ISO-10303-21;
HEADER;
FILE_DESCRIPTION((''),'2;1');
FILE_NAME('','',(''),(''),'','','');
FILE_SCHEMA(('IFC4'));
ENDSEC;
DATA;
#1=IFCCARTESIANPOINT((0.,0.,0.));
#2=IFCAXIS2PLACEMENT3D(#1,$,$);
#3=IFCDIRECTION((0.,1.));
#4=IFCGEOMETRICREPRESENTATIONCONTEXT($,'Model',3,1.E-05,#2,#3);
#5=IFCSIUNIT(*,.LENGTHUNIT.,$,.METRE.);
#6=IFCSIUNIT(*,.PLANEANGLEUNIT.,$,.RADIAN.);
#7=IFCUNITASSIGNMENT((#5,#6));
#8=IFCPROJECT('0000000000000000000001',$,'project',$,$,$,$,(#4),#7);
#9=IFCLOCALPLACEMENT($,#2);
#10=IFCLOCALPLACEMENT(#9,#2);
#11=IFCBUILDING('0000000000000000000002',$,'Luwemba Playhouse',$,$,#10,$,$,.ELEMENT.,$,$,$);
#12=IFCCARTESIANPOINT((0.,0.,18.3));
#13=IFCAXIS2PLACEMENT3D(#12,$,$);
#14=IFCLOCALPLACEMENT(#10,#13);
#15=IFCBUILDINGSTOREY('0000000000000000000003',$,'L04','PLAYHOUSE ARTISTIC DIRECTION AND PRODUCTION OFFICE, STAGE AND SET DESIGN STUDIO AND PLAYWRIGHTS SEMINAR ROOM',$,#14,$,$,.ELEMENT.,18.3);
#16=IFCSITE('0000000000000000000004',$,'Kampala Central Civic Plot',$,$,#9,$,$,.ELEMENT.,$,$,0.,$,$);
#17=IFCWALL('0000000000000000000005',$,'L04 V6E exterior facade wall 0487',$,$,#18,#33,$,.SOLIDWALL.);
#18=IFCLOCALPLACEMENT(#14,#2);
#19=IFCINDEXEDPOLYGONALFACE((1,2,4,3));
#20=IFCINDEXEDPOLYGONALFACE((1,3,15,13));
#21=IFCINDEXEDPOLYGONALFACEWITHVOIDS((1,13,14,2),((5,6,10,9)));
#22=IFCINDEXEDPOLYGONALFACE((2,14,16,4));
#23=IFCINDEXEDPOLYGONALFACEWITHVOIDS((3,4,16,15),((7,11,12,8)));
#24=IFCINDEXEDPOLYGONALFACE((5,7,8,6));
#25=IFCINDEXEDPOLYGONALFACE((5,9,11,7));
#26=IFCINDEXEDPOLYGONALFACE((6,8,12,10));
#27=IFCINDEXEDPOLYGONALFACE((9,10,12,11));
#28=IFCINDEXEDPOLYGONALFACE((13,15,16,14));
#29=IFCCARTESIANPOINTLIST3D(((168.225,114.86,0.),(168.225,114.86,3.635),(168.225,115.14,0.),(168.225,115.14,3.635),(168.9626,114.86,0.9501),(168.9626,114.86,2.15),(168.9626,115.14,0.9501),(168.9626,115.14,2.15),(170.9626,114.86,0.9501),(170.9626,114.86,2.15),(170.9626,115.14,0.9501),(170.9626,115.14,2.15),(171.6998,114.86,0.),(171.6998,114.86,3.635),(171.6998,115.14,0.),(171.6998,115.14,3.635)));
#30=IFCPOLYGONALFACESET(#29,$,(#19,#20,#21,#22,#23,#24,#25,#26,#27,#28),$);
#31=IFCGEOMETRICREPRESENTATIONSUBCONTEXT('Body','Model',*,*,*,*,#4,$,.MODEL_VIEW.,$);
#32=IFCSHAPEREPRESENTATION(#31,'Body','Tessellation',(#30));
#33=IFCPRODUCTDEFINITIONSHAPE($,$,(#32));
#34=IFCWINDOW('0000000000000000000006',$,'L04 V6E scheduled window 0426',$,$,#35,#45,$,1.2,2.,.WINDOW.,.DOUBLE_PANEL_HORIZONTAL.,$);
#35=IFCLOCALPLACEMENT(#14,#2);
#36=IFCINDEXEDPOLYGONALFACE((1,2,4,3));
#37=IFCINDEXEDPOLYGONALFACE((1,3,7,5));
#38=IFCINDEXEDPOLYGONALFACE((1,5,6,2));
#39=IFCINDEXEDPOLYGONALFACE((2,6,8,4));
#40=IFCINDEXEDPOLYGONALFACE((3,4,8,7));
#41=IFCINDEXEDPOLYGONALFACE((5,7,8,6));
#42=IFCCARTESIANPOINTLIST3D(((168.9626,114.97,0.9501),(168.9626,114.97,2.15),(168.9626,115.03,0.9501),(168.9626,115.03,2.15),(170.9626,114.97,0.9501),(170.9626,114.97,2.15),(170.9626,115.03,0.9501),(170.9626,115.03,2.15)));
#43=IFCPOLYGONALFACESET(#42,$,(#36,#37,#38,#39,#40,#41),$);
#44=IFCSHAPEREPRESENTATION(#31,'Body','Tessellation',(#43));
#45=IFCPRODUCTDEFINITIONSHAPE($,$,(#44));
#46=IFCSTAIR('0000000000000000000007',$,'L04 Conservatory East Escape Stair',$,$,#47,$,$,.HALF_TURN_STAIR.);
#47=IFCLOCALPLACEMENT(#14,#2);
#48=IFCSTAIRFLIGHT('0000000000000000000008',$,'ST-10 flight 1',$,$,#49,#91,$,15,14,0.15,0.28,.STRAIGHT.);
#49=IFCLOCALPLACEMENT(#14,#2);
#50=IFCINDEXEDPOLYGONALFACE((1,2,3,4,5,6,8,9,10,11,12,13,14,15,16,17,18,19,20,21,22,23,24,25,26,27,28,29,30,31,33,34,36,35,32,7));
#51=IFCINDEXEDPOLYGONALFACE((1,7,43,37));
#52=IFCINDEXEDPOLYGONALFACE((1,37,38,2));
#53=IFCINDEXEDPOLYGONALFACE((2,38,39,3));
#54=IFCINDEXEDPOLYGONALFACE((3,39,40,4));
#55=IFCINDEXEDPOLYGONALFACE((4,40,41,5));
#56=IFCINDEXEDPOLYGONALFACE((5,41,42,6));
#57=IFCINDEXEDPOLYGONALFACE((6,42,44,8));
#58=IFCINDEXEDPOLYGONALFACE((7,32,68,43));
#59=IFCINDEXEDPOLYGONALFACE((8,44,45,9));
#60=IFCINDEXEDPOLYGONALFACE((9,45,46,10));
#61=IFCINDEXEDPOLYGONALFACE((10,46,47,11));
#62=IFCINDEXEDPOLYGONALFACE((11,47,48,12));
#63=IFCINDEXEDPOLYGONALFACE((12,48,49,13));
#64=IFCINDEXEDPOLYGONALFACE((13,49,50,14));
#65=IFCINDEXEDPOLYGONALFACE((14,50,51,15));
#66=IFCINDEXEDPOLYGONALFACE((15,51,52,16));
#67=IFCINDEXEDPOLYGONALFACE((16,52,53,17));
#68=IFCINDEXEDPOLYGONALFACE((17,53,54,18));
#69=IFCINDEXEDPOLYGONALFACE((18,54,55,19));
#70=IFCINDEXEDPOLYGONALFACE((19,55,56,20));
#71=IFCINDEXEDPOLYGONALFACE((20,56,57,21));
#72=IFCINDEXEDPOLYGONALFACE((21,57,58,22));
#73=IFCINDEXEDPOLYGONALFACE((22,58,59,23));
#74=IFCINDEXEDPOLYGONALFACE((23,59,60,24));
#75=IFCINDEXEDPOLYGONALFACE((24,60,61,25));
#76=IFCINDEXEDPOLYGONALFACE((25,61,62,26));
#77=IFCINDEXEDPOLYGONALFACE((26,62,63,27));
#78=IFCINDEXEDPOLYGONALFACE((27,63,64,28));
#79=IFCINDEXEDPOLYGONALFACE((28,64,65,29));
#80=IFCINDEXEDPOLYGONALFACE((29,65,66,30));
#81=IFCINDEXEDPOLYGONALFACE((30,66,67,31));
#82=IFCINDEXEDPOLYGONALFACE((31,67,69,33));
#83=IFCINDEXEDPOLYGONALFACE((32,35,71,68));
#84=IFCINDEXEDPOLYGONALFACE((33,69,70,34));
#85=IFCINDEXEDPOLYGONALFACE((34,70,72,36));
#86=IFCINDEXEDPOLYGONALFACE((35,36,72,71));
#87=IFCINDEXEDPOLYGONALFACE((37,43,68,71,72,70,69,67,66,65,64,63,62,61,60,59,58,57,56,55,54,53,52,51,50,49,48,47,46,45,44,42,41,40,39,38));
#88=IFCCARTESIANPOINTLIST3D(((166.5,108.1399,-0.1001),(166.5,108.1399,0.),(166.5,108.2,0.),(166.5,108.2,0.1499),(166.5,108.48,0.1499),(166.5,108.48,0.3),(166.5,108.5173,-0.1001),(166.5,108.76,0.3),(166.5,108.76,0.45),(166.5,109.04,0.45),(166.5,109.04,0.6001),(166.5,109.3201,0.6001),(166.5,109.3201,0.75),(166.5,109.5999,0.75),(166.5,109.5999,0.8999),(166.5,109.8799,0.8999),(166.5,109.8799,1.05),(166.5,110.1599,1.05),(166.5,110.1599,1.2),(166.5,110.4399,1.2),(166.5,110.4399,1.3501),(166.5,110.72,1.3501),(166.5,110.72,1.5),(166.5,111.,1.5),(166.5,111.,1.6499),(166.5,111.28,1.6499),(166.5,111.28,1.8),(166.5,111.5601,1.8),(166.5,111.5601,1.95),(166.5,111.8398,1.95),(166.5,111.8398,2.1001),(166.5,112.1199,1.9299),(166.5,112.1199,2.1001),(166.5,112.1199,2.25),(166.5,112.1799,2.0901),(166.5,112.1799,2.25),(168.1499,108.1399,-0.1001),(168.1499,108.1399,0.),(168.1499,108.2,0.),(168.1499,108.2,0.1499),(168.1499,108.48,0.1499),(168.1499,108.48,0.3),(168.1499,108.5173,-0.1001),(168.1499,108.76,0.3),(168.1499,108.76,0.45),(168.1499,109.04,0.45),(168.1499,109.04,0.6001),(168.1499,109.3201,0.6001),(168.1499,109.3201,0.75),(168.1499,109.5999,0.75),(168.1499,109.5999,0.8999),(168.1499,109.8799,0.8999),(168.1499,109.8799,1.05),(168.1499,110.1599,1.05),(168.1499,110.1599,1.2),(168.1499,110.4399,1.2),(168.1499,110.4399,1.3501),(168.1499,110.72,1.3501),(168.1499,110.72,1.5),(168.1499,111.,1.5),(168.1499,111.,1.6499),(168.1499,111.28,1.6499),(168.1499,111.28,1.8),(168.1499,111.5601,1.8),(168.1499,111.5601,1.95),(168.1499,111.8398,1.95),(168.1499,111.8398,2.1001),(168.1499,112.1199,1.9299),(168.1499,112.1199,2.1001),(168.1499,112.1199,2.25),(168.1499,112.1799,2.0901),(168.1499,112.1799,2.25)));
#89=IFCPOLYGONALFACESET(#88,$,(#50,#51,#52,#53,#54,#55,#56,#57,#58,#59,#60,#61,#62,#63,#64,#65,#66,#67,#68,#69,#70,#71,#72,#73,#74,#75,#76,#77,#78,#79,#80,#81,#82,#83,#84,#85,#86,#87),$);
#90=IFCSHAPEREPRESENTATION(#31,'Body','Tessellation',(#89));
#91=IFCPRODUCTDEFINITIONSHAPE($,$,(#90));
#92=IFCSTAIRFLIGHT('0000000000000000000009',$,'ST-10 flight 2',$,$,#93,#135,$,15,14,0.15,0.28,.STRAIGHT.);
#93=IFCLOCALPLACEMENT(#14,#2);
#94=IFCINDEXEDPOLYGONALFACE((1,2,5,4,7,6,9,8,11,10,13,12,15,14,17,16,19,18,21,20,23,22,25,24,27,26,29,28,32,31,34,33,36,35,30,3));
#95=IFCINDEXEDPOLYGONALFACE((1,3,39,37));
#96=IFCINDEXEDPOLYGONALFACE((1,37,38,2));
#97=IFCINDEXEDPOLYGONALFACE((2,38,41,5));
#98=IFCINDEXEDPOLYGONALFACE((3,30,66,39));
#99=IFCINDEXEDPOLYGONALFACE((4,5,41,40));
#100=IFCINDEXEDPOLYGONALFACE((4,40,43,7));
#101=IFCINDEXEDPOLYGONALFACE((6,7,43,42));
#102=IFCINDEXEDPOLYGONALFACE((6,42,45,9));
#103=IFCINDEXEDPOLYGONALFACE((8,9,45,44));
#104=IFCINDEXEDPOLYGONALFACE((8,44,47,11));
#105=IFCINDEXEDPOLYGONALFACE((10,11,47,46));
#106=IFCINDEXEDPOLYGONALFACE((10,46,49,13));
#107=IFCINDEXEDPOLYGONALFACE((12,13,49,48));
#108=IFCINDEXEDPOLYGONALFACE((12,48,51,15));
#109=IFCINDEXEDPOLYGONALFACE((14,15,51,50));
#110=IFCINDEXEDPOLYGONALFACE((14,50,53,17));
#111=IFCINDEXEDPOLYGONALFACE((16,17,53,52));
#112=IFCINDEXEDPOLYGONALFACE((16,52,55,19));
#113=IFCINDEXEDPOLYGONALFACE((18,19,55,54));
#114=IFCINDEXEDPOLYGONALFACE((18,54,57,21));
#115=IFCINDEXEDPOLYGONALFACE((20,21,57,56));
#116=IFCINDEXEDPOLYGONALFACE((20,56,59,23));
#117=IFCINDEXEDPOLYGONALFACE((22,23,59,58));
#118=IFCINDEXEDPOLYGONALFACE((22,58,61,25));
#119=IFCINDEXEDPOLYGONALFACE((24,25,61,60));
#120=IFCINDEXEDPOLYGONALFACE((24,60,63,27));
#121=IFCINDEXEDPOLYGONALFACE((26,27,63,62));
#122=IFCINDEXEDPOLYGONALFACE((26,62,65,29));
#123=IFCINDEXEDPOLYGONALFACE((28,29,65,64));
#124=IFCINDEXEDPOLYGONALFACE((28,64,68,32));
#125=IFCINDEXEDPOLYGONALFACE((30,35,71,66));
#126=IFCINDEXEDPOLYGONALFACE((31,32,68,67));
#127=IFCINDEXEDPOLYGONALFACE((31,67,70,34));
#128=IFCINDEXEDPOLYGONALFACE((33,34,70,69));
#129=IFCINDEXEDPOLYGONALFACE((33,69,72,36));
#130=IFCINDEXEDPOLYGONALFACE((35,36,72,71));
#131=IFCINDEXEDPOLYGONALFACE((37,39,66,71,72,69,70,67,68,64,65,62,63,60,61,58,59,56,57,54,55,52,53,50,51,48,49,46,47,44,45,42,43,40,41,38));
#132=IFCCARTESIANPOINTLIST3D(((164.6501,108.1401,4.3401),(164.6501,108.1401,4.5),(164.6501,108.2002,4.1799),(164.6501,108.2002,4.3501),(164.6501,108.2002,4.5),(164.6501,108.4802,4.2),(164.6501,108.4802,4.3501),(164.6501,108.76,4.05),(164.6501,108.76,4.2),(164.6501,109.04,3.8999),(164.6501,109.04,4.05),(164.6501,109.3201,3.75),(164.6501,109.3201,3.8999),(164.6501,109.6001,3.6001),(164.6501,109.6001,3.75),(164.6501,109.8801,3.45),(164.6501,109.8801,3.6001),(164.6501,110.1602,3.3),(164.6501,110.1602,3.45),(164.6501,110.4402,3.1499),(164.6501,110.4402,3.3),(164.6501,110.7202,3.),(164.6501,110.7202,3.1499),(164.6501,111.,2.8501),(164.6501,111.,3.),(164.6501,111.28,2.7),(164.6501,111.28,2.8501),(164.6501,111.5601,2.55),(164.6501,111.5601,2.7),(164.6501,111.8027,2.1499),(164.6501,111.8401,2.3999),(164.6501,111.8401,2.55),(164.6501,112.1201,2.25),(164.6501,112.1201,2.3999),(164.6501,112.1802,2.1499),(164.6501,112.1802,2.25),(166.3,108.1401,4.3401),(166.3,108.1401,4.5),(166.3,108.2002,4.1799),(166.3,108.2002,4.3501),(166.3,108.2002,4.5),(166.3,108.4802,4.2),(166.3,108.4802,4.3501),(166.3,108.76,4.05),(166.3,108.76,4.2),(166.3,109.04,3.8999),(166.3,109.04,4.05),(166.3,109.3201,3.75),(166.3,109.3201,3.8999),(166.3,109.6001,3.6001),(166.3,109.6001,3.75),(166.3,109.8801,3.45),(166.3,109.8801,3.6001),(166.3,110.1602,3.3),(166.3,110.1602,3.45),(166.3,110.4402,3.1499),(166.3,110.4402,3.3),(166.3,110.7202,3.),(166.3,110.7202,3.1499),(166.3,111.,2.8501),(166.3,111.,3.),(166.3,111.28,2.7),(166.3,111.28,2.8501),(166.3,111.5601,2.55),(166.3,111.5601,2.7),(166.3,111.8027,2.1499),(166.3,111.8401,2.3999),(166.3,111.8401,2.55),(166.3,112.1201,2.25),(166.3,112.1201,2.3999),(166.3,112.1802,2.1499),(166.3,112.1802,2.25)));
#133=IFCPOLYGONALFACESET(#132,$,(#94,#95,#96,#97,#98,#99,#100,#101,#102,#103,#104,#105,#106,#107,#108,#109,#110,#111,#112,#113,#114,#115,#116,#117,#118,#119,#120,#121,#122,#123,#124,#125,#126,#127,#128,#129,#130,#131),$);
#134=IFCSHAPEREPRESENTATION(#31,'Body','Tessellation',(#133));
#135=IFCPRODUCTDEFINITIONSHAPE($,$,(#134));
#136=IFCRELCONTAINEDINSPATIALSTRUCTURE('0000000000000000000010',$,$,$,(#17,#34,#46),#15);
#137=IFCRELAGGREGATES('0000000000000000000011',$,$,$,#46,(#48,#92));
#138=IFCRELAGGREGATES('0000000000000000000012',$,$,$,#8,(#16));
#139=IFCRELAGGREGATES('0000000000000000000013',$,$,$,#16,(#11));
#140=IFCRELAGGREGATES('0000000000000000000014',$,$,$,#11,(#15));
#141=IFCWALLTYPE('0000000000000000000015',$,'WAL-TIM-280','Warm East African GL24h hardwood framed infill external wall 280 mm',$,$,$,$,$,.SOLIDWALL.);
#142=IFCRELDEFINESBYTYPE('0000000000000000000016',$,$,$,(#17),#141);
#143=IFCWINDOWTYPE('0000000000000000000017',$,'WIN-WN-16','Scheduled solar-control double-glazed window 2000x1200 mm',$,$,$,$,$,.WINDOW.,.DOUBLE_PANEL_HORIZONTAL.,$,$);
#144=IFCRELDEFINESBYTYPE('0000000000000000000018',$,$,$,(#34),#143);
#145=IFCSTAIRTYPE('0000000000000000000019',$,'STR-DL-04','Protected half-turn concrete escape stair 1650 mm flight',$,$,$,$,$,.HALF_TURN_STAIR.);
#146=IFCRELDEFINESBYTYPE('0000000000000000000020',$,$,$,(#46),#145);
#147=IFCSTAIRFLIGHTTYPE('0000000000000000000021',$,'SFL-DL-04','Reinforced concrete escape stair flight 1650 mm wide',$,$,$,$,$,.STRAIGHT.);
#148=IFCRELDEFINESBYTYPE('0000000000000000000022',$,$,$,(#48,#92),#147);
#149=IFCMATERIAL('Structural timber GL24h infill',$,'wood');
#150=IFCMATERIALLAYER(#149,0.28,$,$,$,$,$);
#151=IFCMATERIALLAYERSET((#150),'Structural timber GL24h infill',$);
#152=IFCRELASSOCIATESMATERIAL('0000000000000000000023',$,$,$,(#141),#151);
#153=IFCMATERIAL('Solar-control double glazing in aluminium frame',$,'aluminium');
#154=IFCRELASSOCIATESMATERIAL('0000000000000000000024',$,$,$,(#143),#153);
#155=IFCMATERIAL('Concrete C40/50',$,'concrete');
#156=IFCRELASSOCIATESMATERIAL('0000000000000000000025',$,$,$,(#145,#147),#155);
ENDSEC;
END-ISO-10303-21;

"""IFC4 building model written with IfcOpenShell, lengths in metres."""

from ifc_helpers import new_model, si_unit, direction, frame, frame_2d, origin, place, context, subcontext, project, spatial, polyline, rectangle, outline, extrude, material, layer, layer_set, type_object, element, fill, aggregate, save


model = new_model("IFC4")

# Units and contexts
model_context = context("Model", 3, precision=1e-05, world=origin(), true_north=direction((0.0, 1.0)))
body_context = subcontext(model_context, "Body", "Model", "MODEL_VIEW")
ifc_project = project(units=[si_unit("LENGTHUNIT", "METRE"), si_unit("PLANEANGLEUNIT", "RADIAN")], contexts=[model_context])

# Site, building, storey
site_placement = place(None, origin())
site = spatial("IfcSite", under=ifc_project, at=site_placement, Name="Kampala Central Civic Plot", CompositionType="ELEMENT", RefElevation=0.0)
building_placement = place(site_placement, origin())
building = spatial("IfcBuilding", under=site, at=building_placement, Name="Luwemba Playhouse", CompositionType="ELEMENT")
storey_placement = place(building_placement, frame((0.0, 0.0, 18.3)))
storey = spatial("IfcBuildingStorey", under=building, at=storey_placement, Name="L04", Description="PLAYHOUSE ARTISTIC DIRECTION AND PRODUCTION OFFICE, STAGE AND SET DESIGN STUDIO AND PLAYWRIGHTS SEMINAR ROOM", CompositionType="ELEMENT", Elevation=18.3)

# Shared definitions
ifc_material_1 = material(Name="Concrete C40/50", Category="concrete")

# Shared definitions
ifc_material_2 = material(Name="Solar-control double glazing in aluminium frame", Category="aluminium")

# Wall, opening, window
ifc_material_3 = material(Name="Structural timber GL24h infill", Category="wood")
ifc_layer_1 = layer(ifc_material_3, 0.28)
ifc_layer_set_1 = layer_set([ifc_layer_1], Name="Structural timber GL24h infill")
wall_type_1 = type_object("IfcWallType", Name="WAL-TIM-280", Description="Warm East African GL24h hardwood framed infill external wall 280 mm", PredefinedType="SOLIDWALL", material=ifc_layer_set_1)
wall_1_placement = place(storey_placement, frame((168.2251, 115.0, 0.0), z_axis=(0.0, 0.0, 1.0), x_axis=(1.0, 0.0, 0.0)))
wall_1 = element("IfcWall", 1, at=wall_1_placement, inside=storey, type_object=wall_type_1, Name="L04 V6E exterior facade wall 0487", PredefinedType="SOLIDWALL", context=body_context, shape_type="SweptSolid", body=[
    extrude(rectangle(XDim=3.4749, YDim=0.28, at=frame_2d((1.7373, 0.0))), origin(), (0.0, 0.0, 1.0), 3.635),
])
opening_1_placement = place(wall_1_placement, frame((0.7375, 0.0, 0.95)))
opening_1 = element("IfcOpeningElement", 2, at=opening_1_placement, cuts=wall_1, PredefinedType="OPENING", context=body_context, shape_type="SweptSolid", body=[
    extrude(rectangle(XDim=2.0, YDim=1.2, at=frame_2d((1.0, 0.6001))), frame((0.0, 0.1499, 0.0), z_axis=(0.0, -1.0, 0.0), x_axis=(1.0, 0.0, 0.0)), (0.0, 0.0, 1.0), 0.3),
])
window_type_1 = type_object("IfcWindowType", Name="WIN-WN-16", Description="Scheduled solar-control double-glazed window 2000x1200 mm", PartitioningType="DOUBLE_PANEL_HORIZONTAL", PredefinedType="WINDOW", material=ifc_material_2)
window_1_placement = place(opening_1_placement, origin())
window_1 = element("IfcWindow", 3, at=window_1_placement, inside=storey, type_object=window_type_1, Name="L04 V6E scheduled window 0426", OverallHeight=1.2, OverallWidth=2.0, PartitioningType="DOUBLE_PANEL_HORIZONTAL", PredefinedType="WINDOW", context=body_context, shape_type="SweptSolid", body=[
    extrude(rectangle(XDim=2.0, YDim=1.2, at=frame_2d((1.0, 0.6001))), frame((0.0, 0.03, 0.0), z_axis=(0.0, -1.0, 0.0), x_axis=(1.0, 0.0, 0.0)), (0.0, 0.0, 1.0), 0.0601),
])
fill(opening_1, window_1)

# Stair, stair flights
stair_type = type_object("IfcStairType", Name="STR-DL-04", Description="Protected half-turn concrete escape stair 1650 mm flight", PredefinedType="HALF_TURN_STAIR", material=ifc_material_1)
stair_placement = place(storey_placement, origin())
stair = element("IfcStair", 4, at=stair_placement, inside=storey, type_object=stair_type, Name="L04 Conservatory East Escape Stair", PredefinedType="HALF_TURN_STAIR")
stair_flight_type = type_object("IfcStairFlightType", Name="SFL-DL-04", Description="Reinforced concrete escape stair flight 1650 mm wide", PredefinedType="STRAIGHT", material=ifc_material_1)
stair_flight_1_placement = place(storey_placement, frame((167.325, 108.2, 0.0), z_axis=(0.0, 0.0, 1.0), x_axis=(0.0, 1.0, 0.0)))
stair_flight_1 = element("IfcStairFlight", 5, at=stair_flight_1_placement, type_object=stair_flight_type, Name="ST-10 flight 1", NumberOfRisers=15, NumberOfTreads=14, PredefinedType="STRAIGHT", RiserHeight=0.15, TreadLength=0.28, context=body_context, shape_type="SweptSolid", body=[
    extrude(outline(polyline([(-0.0601, -0.1001), (-0.0601, 0.0), (0.0, 0.0), (0.0, 0.1499), (0.28, 0.1499), (0.28, 0.3), (0.5601, 0.3), (0.5601, 0.45), (0.8401, 0.45), (0.8401, 0.6001), (1.1201, 0.6001), (1.1201, 0.75), (1.3999, 0.75), (1.3999, 0.8999), (1.6799, 0.8999), (1.6799, 1.05), (1.96, 1.05), (1.96, 1.2), (2.24, 1.2), (2.24, 1.3501), (2.52, 1.3501), (2.52, 1.5), (2.8, 1.5), (2.8, 1.6499), (3.0801, 1.6499), (3.0801, 1.8), (3.3601, 1.8), (3.3601, 1.95), (3.6399, 1.95), (3.6399, 2.1001), (3.9199, 2.1001), (3.9199, 2.25), (3.98, 2.25), (3.98, 2.0901), (3.9199, 1.9299), (0.3174, -0.1001), (-0.0601, -0.1001)])), frame((0.0, 0.825, 0.0), z_axis=(0.0, -1.0, 0.0), x_axis=(1.0, 0.0, 0.0)), (0.0, 0.0, 1.0), 1.6499),
])
stair_flight_2_placement = place(storey_placement, frame((165.4751, 112.1201, 2.25), z_axis=(0.0, 0.0, 1.0), x_axis=(0.0, -1.0, 0.0)))
stair_flight_2 = element("IfcStairFlight", 6, at=stair_flight_2_placement, type_object=stair_flight_type, Name="ST-10 flight 2", NumberOfRisers=15, NumberOfTreads=14, PredefinedType="STRAIGHT", RiserHeight=0.15, TreadLength=0.28, context=body_context, shape_type="SweptSolid", body=[
    extrude(outline(polyline([(-0.0601, -0.1001), (-0.0601, 0.0), (0.0, 0.0), (0.0, 0.1499), (0.28, 0.1499), (0.28, 0.3), (0.5601, 0.3), (0.5601, 0.45), (0.8401, 0.45), (0.8401, 0.6001), (1.1201, 0.6001), (1.1201, 0.75), (1.3999, 0.75), (1.3999, 0.8999), (1.6799, 0.8999), (1.6799, 1.05), (1.96, 1.05), (1.96, 1.2), (2.24, 1.2), (2.24, 1.3501), (2.52, 1.3501), (2.52, 1.5), (2.8, 1.5), (2.8, 1.6499), (3.0801, 1.6499), (3.0801, 1.8), (3.3601, 1.8), (3.3601, 1.95), (3.6399, 1.95), (3.6399, 2.1001), (3.9199, 2.1001), (3.9199, 2.25), (3.98, 2.25), (3.98, 2.0901), (3.9199, 1.9299), (0.3174, -0.1001), (-0.0601, -0.1001)])), frame((0.0, 0.825, 0.0), z_axis=(0.0, -1.0, 0.0), x_axis=(1.0, 0.0, 0.0)), (0.0, 0.0, 1.0), 1.6499),
])
aggregate(stair, [stair_flight_1, stair_flight_2])

save(model, "model.ifc")
